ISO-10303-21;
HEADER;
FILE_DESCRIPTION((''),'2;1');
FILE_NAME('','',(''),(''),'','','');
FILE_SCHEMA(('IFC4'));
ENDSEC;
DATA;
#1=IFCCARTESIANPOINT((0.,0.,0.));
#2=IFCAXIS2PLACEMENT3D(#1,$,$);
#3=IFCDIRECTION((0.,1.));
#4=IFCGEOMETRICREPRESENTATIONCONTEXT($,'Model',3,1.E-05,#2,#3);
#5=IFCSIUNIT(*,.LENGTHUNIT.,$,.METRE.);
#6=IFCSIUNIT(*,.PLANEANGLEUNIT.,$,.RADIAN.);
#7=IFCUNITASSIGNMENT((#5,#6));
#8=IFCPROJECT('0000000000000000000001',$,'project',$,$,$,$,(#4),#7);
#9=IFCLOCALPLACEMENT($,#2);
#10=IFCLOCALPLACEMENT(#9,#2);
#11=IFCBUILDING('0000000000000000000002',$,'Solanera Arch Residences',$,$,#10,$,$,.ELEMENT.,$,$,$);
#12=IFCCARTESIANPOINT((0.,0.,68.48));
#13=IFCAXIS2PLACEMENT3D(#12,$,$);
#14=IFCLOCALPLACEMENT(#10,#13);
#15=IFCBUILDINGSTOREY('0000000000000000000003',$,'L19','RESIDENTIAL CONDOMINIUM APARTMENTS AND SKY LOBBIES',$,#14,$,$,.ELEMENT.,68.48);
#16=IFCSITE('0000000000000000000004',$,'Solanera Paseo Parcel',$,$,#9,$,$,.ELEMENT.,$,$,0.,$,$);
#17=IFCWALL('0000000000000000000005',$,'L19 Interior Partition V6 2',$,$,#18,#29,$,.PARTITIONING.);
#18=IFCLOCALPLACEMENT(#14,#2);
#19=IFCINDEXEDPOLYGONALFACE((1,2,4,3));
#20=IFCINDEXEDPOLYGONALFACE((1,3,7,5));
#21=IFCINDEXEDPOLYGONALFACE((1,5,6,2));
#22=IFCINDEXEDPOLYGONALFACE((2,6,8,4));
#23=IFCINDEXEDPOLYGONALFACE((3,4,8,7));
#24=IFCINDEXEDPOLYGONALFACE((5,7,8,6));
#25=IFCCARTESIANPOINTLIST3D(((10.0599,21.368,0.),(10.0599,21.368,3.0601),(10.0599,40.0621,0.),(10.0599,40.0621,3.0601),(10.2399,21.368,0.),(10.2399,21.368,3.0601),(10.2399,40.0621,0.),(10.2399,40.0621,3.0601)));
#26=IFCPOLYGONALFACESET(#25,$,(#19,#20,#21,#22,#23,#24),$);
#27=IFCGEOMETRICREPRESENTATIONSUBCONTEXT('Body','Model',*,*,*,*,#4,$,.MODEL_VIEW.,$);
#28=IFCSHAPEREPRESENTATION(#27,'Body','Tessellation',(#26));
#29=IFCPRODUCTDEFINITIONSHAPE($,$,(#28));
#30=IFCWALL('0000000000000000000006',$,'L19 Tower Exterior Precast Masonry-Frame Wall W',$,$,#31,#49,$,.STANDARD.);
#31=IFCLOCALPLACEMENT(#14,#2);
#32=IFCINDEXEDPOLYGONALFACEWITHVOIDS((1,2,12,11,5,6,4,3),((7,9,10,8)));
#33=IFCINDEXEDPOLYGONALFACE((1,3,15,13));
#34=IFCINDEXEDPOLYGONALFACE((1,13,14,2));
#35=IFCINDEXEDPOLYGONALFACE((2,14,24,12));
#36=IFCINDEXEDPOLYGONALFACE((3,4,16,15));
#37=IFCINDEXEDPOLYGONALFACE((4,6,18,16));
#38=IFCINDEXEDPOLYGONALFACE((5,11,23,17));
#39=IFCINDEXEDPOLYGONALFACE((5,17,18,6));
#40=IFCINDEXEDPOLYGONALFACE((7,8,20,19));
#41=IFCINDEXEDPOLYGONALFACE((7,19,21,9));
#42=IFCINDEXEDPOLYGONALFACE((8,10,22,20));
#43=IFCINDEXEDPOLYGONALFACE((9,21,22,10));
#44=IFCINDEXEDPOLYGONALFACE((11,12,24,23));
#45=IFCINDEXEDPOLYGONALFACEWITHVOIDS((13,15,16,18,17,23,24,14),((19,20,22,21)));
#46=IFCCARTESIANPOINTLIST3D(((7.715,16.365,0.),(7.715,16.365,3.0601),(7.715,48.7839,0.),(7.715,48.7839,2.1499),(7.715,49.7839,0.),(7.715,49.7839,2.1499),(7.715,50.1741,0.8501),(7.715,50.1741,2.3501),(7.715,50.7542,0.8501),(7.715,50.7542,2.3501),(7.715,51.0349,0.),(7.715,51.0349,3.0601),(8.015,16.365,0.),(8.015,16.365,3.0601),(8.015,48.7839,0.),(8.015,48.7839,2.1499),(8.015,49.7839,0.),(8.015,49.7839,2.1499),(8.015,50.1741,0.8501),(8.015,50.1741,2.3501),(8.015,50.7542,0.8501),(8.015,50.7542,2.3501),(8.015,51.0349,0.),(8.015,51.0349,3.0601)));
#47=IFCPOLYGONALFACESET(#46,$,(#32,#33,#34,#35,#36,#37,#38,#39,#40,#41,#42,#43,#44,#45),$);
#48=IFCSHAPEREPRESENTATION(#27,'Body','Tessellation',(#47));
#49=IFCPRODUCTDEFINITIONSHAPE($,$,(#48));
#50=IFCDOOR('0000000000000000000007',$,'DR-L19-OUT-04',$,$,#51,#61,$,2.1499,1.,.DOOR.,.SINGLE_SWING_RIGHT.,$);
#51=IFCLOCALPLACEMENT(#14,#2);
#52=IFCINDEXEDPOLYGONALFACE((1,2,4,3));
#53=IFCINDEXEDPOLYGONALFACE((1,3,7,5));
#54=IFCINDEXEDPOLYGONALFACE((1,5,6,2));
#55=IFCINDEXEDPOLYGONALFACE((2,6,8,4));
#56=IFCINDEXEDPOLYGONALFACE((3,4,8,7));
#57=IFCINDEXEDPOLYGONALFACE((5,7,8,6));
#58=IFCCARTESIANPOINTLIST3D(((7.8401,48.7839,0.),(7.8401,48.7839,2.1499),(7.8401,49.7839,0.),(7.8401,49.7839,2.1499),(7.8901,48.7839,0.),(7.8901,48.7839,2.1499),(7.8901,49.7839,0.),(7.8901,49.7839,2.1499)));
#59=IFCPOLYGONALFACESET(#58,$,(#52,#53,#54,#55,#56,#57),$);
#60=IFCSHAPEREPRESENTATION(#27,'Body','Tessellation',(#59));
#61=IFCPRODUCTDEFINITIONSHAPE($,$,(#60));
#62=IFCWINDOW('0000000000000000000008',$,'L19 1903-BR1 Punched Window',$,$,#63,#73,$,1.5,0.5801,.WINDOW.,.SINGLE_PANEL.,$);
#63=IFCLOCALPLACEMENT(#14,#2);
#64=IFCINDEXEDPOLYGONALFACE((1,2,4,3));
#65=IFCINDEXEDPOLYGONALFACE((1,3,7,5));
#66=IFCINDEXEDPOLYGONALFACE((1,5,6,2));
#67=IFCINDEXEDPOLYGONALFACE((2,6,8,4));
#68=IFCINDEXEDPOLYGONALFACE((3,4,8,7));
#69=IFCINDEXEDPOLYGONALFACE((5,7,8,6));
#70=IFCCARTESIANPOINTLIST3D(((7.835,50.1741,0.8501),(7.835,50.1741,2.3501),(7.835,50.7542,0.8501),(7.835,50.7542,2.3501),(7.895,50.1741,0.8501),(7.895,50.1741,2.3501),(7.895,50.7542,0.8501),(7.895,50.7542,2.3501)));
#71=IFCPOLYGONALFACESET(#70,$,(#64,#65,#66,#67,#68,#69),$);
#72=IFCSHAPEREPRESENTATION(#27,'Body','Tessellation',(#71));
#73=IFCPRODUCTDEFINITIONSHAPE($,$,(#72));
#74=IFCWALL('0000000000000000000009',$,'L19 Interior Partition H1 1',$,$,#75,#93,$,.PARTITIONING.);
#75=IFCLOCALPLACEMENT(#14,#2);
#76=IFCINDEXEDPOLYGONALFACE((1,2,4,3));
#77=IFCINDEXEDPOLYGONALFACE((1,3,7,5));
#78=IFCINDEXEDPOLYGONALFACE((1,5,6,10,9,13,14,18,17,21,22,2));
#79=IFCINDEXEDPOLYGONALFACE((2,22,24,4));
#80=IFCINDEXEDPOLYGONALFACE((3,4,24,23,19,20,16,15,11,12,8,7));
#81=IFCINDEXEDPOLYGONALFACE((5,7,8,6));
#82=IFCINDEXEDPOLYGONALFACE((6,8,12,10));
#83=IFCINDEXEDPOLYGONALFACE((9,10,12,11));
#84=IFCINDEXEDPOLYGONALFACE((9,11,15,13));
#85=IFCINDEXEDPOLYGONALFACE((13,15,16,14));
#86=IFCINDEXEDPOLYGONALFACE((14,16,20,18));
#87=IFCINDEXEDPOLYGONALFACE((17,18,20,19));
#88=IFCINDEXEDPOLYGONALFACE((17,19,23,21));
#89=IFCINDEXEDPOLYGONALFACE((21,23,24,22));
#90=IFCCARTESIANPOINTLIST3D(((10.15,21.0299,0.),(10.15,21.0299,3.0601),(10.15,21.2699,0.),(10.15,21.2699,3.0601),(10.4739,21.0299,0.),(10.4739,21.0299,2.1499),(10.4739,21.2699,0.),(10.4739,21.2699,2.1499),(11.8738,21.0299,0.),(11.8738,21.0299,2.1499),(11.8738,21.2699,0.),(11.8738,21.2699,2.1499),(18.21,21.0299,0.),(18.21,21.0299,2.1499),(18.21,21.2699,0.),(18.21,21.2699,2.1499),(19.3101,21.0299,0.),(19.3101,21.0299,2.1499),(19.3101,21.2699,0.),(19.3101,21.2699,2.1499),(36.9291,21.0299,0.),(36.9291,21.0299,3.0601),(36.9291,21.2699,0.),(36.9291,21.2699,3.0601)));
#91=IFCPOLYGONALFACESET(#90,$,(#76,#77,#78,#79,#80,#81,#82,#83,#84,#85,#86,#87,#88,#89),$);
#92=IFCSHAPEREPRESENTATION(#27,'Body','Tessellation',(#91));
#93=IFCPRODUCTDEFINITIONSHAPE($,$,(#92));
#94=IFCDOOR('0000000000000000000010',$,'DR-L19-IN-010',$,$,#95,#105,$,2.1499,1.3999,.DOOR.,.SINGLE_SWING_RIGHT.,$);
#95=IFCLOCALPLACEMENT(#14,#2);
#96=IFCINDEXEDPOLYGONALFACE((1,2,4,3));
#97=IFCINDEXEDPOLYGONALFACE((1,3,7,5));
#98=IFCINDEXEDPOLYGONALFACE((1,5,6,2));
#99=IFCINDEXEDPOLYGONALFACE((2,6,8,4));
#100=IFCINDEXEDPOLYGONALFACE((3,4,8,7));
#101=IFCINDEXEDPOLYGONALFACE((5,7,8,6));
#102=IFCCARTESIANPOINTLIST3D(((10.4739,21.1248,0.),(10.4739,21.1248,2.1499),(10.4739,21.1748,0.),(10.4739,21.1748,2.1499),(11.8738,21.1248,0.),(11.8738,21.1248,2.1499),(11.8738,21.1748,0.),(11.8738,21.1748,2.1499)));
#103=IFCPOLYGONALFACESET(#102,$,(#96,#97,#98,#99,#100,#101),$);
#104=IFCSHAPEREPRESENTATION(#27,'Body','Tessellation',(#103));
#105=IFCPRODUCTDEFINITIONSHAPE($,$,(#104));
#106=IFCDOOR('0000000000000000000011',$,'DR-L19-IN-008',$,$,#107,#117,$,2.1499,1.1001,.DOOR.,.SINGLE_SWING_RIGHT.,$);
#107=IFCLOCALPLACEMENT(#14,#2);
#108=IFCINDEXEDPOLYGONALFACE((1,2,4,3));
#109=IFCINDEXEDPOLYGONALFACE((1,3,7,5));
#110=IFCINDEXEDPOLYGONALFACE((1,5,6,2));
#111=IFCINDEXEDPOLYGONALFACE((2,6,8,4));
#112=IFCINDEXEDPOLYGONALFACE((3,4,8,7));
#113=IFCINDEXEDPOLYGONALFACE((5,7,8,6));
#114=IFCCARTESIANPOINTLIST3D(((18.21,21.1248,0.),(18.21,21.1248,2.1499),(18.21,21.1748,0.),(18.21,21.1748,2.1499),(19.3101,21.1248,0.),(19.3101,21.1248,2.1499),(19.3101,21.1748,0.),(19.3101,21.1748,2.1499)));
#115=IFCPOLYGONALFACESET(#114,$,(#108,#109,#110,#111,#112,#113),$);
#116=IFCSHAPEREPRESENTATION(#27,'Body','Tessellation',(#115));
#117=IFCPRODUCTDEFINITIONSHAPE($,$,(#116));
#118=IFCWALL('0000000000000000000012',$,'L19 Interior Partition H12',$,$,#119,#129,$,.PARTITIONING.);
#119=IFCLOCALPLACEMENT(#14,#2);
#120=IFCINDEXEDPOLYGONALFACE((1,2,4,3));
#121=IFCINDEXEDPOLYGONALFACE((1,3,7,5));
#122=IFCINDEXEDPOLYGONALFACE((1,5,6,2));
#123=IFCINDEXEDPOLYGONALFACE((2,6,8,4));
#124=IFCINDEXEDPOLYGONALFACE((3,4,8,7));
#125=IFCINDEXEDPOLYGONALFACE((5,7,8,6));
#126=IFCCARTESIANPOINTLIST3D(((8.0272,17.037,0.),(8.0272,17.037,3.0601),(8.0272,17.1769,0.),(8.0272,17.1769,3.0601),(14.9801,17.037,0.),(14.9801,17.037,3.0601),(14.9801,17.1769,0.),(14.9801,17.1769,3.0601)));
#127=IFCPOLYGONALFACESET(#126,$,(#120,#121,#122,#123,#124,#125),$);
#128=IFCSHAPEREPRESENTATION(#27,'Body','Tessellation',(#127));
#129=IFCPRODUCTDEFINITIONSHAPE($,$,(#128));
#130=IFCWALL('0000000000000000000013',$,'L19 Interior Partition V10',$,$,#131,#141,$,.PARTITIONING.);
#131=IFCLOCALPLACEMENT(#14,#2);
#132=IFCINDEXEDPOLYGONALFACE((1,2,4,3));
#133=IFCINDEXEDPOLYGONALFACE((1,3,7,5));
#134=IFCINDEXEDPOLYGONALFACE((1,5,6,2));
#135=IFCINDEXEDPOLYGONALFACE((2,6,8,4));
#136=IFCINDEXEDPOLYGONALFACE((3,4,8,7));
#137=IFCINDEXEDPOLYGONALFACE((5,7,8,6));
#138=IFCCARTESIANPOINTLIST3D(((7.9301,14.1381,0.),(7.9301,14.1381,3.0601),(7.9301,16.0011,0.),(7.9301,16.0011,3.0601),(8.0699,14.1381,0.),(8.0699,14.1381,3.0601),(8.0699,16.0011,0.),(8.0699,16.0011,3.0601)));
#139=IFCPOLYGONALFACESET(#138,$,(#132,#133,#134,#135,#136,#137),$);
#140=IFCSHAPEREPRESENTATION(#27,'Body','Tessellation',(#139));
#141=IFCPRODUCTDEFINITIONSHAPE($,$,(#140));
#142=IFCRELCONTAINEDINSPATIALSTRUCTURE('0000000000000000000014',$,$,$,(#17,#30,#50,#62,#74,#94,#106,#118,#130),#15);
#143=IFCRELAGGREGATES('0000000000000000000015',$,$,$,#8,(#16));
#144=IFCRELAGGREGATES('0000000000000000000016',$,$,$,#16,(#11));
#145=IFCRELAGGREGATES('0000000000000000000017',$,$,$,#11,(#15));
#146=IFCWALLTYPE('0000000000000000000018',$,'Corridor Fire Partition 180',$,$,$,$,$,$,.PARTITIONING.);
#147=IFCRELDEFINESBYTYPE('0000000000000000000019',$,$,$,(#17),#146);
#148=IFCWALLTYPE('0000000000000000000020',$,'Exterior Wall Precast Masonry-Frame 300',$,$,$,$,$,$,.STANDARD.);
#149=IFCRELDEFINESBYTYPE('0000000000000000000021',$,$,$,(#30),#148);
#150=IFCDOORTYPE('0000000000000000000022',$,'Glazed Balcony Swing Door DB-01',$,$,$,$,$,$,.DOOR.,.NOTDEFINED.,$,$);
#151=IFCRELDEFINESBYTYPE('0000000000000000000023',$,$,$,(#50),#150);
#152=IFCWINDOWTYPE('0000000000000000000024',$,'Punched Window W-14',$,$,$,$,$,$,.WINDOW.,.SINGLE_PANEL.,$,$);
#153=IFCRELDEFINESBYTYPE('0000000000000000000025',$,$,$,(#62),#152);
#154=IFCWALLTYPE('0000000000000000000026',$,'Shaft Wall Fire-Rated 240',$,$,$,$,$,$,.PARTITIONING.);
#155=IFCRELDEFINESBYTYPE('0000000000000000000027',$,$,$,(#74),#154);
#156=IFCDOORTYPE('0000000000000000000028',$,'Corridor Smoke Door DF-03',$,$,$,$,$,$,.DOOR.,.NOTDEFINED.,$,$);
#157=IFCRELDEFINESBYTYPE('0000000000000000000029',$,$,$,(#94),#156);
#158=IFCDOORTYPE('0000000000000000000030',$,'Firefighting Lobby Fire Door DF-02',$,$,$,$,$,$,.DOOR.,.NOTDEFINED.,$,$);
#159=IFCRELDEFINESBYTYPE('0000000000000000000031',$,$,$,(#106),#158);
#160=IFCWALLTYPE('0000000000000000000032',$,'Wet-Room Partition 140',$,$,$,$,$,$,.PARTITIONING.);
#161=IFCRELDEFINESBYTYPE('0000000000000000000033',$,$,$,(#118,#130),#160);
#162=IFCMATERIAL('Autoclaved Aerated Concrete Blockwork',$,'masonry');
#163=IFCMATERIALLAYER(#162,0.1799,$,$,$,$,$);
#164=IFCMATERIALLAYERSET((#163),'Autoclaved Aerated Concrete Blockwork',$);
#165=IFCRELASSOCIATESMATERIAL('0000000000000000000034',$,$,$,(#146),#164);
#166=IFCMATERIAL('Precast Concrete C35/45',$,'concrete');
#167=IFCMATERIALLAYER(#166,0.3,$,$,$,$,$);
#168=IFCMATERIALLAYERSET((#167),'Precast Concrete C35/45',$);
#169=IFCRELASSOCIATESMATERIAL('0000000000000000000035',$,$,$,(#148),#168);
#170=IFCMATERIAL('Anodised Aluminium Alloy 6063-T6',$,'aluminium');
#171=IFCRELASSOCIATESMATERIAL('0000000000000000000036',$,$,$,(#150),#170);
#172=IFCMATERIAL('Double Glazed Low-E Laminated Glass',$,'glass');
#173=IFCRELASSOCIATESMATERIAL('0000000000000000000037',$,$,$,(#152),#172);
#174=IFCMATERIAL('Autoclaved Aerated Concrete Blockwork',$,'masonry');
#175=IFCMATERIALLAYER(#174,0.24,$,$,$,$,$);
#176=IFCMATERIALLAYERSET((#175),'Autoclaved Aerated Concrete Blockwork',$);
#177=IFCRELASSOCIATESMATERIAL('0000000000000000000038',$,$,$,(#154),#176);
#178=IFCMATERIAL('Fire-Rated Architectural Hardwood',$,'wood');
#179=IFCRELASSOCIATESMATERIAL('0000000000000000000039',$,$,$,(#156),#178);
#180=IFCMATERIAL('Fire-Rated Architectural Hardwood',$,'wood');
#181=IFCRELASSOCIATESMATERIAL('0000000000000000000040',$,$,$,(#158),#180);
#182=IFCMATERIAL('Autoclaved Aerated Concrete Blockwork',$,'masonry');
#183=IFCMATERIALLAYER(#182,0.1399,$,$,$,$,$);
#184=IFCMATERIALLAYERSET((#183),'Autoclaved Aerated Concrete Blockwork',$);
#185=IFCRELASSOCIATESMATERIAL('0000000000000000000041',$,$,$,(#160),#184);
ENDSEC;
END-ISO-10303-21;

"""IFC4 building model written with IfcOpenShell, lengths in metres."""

from ifc_helpers import new_model, si_unit, direction, frame, frame_2d, origin, place, context, subcontext, project, spatial, rectangle, extrude, material, layer, layer_set, type_object, element, fill, save


model = new_model("IFC4")

# Units and contexts
model_context = context("Model", 3, precision=1e-05, world=origin(), true_north=direction((0.0, 1.0)))
body_context = subcontext(model_context, "Body", "Model", "MODEL_VIEW")
ifc_project = project(units=[si_unit("LENGTHUNIT", "METRE"), si_unit("PLANEANGLEUNIT", "RADIAN")], contexts=[model_context])

# Site, building, storey
site_placement = place(None, origin())
site = spatial("IfcSite", under=ifc_project, at=site_placement, Name="Solanera Paseo Parcel", CompositionType="ELEMENT", RefElevation=0.0)
building_placement = place(site_placement, origin())
building = spatial("IfcBuilding", under=site, at=building_placement, Name="Solanera Arch Residences", CompositionType="ELEMENT")
storey_placement = place(building_placement, frame((0.0, 0.0, 68.48)))
storey = spatial("IfcBuildingStorey", under=building, at=storey_placement, Name="L19", Description="RESIDENTIAL CONDOMINIUM APARTMENTS AND SKY LOBBIES", CompositionType="ELEMENT", Elevation=68.48)

# Shared definitions
ifc_material_1 = material(Name="Autoclaved Aerated Concrete Blockwork", Category="masonry")
ifc_layer_1 = layer(ifc_material_1, 0.1799)
ifc_layer_set_1 = layer_set([ifc_layer_1], Name="Autoclaved Aerated Concrete Blockwork")
wall_type_1 = type_object("IfcWallType", Name="Corridor Fire Partition 180", PredefinedType="PARTITIONING", material=ifc_layer_set_1)

# Wall
wall_1_placement = place(storey_placement, frame((10.1499, 21.3679, 0.0), z_axis=(0.0, 0.0, 1.0), x_axis=(0.0, 1.0, 0.0)))
element("IfcWall", 1, at=wall_1_placement, inside=storey, type_object=wall_type_1, Name="L19 Interior Partition V6 2", PredefinedType="PARTITIONING", context=body_context, shape_type="SweptSolid", body=[
    extrude(rectangle(XDim=18.6941, YDim=0.1799, at=frame_2d((9.3472, 0.0))), origin(), (0.0, 0.0, 1.0), 3.0601),
])

# Wall, openings, door, window
ifc_material_2 = material(Name="Precast Concrete C35/45", Category="concrete")
ifc_layer_2 = layer(ifc_material_2, 0.3)
ifc_layer_set_2 = layer_set([ifc_layer_2], Name="Precast Concrete C35/45")
wall_type_2 = type_object("IfcWallType", Name="Exterior Wall Precast Masonry-Frame 300", PredefinedType="STANDARD", material=ifc_layer_set_2)
wall_2_placement = place(storey_placement, frame((7.865, 16.365, 0.0), z_axis=(0.0, 0.0, 1.0), x_axis=(0.0, 1.0, 0.0)))
wall_2 = element("IfcWall", 2, at=wall_2_placement, inside=storey, type_object=wall_type_2, Name="L19 Tower Exterior Precast Masonry-Frame Wall W", PredefinedType="STANDARD", context=body_context, shape_type="SweptSolid", body=[
    extrude(rectangle(XDim=34.6699, YDim=0.3, at=frame_2d((17.335, 0.0))), origin(), (0.0, 0.0, 1.0), 3.0601),
])
opening_1_placement = place(wall_2_placement, frame((32.4189, 0.0, 0.0)))
opening_1 = element("IfcOpeningElement", 3, at=opening_1_placement, cuts=wall_2, PredefinedType="OPENING", context=body_context, shape_type="SweptSolid", body=[
    extrude(rectangle(XDim=1.0, YDim=2.1499, at=frame_2d((0.5, 1.075))), frame((0.0, 0.1599, 0.0), z_axis=(0.0, -1.0, 0.0), x_axis=(1.0, 0.0, 0.0)), (0.0, 0.0, 1.0), 0.32),
])
opening_2_placement = place(wall_2_placement, frame((33.8091, 0.0, 0.8501)))
opening_2 = element("IfcOpeningElement", 4, at=opening_2_placement, cuts=wall_2, PredefinedType="OPENING", context=body_context, shape_type="SweptSolid", body=[
    extrude(rectangle(XDim=0.5801, YDim=1.5, at=frame_2d((0.29, 0.75))), frame((0.0, 0.1599, 0.0), z_axis=(0.0, -1.0, 0.0), x_axis=(1.0, 0.0, 0.0)), (0.0, 0.0, 1.0), 0.32),
])
ifc_material_3 = material(Name="Anodised Aluminium Alloy 6063-T6", Category="aluminium")
door_type_1 = type_object("IfcDoorType", Name="Glazed Balcony Swing Door DB-01", OperationType="NOTDEFINED", PredefinedType="DOOR", material=ifc_material_3)
door_1_placement = place(opening_1_placement, origin())
door_1 = element("IfcDoor", 5, at=door_1_placement, inside=storey, type_object=door_type_1, Name="DR-L19-OUT-04", OperationType="SINGLE_SWING_RIGHT", OverallHeight=2.1499, OverallWidth=1.0, PredefinedType="DOOR", context=body_context, shape_type="SweptSolid", body=[
    extrude(rectangle(XDim=1.0, YDim=2.1499, at=frame_2d((0.5, 1.075))), frame((0.0, 0.0249, 0.0), z_axis=(0.0, -1.0, 0.0), x_axis=(1.0, 0.0, 0.0)), (0.0, 0.0, 1.0), 0.05),
])
fill(opening_1, door_1)
ifc_material_4 = material(Name="Double Glazed Low-E Laminated Glass", Category="glass")
window_type = type_object("IfcWindowType", Name="Punched Window W-14", PartitioningType="SINGLE_PANEL", PredefinedType="WINDOW", material=ifc_material_4)
window_placement = place(opening_2_placement, origin())
window = element("IfcWindow", 6, at=window_placement, inside=storey, type_object=window_type, Name="L19 1903-BR1 Punched Window", OverallHeight=1.5, OverallWidth=0.5801, PartitioningType="SINGLE_PANEL", PredefinedType="WINDOW", context=body_context, shape_type="SweptSolid", body=[
    extrude(rectangle(XDim=0.5801, YDim=1.5, at=frame_2d((0.29, 0.75))), frame((0.0, 0.03, 0.0), z_axis=(0.0, -1.0, 0.0), x_axis=(1.0, 0.0, 0.0)), (0.0, 0.0, 1.0), 0.0601),
])
fill(opening_2, window)

# Wall, openings, doors
ifc_material_5 = material(Name="Autoclaved Aerated Concrete Blockwork", Category="masonry")
ifc_layer_3 = layer(ifc_material_5, 0.24)
ifc_layer_set_3 = layer_set([ifc_layer_3], Name="Autoclaved Aerated Concrete Blockwork")
wall_type_3 = type_object("IfcWallType", Name="Shaft Wall Fire-Rated 240", PredefinedType="PARTITIONING", material=ifc_layer_set_3)
wall_3_placement = place(storey_placement, frame((10.1499, 21.1499, 0.0), z_axis=(0.0, 0.0, 1.0), x_axis=(1.0, 0.0, 0.0)))
wall_3 = element("IfcWall", 7, at=wall_3_placement, inside=storey, type_object=wall_type_3, Name="L19 Interior Partition H1 1", PredefinedType="PARTITIONING", context=body_context, shape_type="SweptSolid", body=[
    extrude(rectangle(XDim=26.7791, YDim=0.24, at=frame_2d((13.3896, 0.0))), origin(), (0.0, 0.0, 1.0), 3.0601),
])
opening_3_placement = place(wall_3_placement, frame((8.0601, 0.0, 0.0)))
opening_3 = element("IfcOpeningElement", 8, at=opening_3_placement, cuts=wall_3, PredefinedType="OPENING", context=body_context, shape_type="SweptSolid", body=[
    extrude(rectangle(XDim=1.1001, YDim=2.1499, at=frame_2d((0.55, 1.075))), frame((0.0, 0.1299, 0.0), z_axis=(0.0, -1.0, 0.0), x_axis=(1.0, 0.0, 0.0)), (0.0, 0.0, 1.0), 0.26),
])
opening_4_placement = place(wall_3_placement, frame((0.324, 0.0, 0.0)))
opening_4 = element("IfcOpeningElement", 9, at=opening_4_placement, cuts=wall_3, PredefinedType="OPENING", context=body_context, shape_type="SweptSolid", body=[
    extrude(rectangle(XDim=1.3999, YDim=2.1499, at=frame_2d((0.7, 1.075))), frame((0.0, 0.1299, 0.0), z_axis=(0.0, -1.0, 0.0), x_axis=(1.0, 0.0, 0.0)), (0.0, 0.0, 1.0), 0.26),
])
ifc_material_6 = material(Name="Fire-Rated Architectural Hardwood", Category="wood")
door_type_2 = type_object("IfcDoorType", Name="Corridor Smoke Door DF-03", OperationType="NOTDEFINED", PredefinedType="DOOR", material=ifc_material_6)
door_2_placement = place(opening_4_placement, origin())
door_2 = element("IfcDoor", 10, at=door_2_placement, inside=storey, type_object=door_type_2, Name="DR-L19-IN-010", OperationType="SINGLE_SWING_RIGHT", OverallHeight=2.1499, OverallWidth=1.3999, PredefinedType="DOOR", context=body_context, shape_type="SweptSolid", body=[
    extrude(rectangle(XDim=1.3999, YDim=2.1499, at=frame_2d((0.7, 1.075))), frame((0.0, 0.0249, 0.0), z_axis=(0.0, -1.0, 0.0), x_axis=(1.0, 0.0, 0.0)), (0.0, 0.0, 1.0), 0.05),
])
fill(opening_4, door_2)
ifc_material_7 = material(Name="Fire-Rated Architectural Hardwood", Category="wood")
door_type_3 = type_object("IfcDoorType", Name="Firefighting Lobby Fire Door DF-02", OperationType="NOTDEFINED", PredefinedType="DOOR", material=ifc_material_7)
door_3_placement = place(opening_3_placement, origin())
door_3 = element("IfcDoor", 11, at=door_3_placement, inside=storey, type_object=door_type_3, Name="DR-L19-IN-008", OperationType="SINGLE_SWING_RIGHT", OverallHeight=2.1499, OverallWidth=1.1001, PredefinedType="DOOR", context=body_context, shape_type="SweptSolid", body=[
    extrude(rectangle(XDim=1.1001, YDim=2.1499, at=frame_2d((0.55, 1.075))), frame((0.0, 0.0249, 0.0), z_axis=(0.0, -1.0, 0.0), x_axis=(1.0, 0.0, 0.0)), (0.0, 0.0, 1.0), 0.05),
])
fill(opening_3, door_3)

# Walls
ifc_material_8 = material(Name="Autoclaved Aerated Concrete Blockwork", Category="masonry")
ifc_layer_4 = layer(ifc_material_8, 0.1399)
ifc_layer_set_4 = layer_set([ifc_layer_4], Name="Autoclaved Aerated Concrete Blockwork")
wall_type_4 = type_object("IfcWallType", Name="Wet-Room Partition 140", PredefinedType="PARTITIONING", material=ifc_layer_set_4)
wall_4_placement = place(storey_placement, frame((8.0271, 17.1069, 0.0), z_axis=(0.0, 0.0, 1.0), x_axis=(1.0, 0.0, 0.0)))
element("IfcWall", 12, at=wall_4_placement, inside=storey, type_object=wall_type_4, Name="L19 Interior Partition H12", PredefinedType="PARTITIONING", context=body_context, shape_type="SweptSolid", body=[
    extrude(rectangle(XDim=6.9529, YDim=0.1399, at=frame_2d((3.4766, 0.0))), origin(), (0.0, 0.0, 1.0), 3.0601),
])
wall_5_placement = place(storey_placement, frame((8.0, 14.1379, 0.0), z_axis=(0.0, 0.0, 1.0), x_axis=(0.0, 1.0, 0.0)))
element("IfcWall", 13, at=wall_5_placement, inside=storey, type_object=wall_type_4, Name="L19 Interior Partition V10", PredefinedType="PARTITIONING", context=body_context, shape_type="SweptSolid", body=[
    extrude(rectangle(XDim=1.863, YDim=0.1399, at=frame_2d((0.9316, 0.0))), origin(), (0.0, 0.0, 1.0), 3.0601),
])

save(model, "model.ifc")
